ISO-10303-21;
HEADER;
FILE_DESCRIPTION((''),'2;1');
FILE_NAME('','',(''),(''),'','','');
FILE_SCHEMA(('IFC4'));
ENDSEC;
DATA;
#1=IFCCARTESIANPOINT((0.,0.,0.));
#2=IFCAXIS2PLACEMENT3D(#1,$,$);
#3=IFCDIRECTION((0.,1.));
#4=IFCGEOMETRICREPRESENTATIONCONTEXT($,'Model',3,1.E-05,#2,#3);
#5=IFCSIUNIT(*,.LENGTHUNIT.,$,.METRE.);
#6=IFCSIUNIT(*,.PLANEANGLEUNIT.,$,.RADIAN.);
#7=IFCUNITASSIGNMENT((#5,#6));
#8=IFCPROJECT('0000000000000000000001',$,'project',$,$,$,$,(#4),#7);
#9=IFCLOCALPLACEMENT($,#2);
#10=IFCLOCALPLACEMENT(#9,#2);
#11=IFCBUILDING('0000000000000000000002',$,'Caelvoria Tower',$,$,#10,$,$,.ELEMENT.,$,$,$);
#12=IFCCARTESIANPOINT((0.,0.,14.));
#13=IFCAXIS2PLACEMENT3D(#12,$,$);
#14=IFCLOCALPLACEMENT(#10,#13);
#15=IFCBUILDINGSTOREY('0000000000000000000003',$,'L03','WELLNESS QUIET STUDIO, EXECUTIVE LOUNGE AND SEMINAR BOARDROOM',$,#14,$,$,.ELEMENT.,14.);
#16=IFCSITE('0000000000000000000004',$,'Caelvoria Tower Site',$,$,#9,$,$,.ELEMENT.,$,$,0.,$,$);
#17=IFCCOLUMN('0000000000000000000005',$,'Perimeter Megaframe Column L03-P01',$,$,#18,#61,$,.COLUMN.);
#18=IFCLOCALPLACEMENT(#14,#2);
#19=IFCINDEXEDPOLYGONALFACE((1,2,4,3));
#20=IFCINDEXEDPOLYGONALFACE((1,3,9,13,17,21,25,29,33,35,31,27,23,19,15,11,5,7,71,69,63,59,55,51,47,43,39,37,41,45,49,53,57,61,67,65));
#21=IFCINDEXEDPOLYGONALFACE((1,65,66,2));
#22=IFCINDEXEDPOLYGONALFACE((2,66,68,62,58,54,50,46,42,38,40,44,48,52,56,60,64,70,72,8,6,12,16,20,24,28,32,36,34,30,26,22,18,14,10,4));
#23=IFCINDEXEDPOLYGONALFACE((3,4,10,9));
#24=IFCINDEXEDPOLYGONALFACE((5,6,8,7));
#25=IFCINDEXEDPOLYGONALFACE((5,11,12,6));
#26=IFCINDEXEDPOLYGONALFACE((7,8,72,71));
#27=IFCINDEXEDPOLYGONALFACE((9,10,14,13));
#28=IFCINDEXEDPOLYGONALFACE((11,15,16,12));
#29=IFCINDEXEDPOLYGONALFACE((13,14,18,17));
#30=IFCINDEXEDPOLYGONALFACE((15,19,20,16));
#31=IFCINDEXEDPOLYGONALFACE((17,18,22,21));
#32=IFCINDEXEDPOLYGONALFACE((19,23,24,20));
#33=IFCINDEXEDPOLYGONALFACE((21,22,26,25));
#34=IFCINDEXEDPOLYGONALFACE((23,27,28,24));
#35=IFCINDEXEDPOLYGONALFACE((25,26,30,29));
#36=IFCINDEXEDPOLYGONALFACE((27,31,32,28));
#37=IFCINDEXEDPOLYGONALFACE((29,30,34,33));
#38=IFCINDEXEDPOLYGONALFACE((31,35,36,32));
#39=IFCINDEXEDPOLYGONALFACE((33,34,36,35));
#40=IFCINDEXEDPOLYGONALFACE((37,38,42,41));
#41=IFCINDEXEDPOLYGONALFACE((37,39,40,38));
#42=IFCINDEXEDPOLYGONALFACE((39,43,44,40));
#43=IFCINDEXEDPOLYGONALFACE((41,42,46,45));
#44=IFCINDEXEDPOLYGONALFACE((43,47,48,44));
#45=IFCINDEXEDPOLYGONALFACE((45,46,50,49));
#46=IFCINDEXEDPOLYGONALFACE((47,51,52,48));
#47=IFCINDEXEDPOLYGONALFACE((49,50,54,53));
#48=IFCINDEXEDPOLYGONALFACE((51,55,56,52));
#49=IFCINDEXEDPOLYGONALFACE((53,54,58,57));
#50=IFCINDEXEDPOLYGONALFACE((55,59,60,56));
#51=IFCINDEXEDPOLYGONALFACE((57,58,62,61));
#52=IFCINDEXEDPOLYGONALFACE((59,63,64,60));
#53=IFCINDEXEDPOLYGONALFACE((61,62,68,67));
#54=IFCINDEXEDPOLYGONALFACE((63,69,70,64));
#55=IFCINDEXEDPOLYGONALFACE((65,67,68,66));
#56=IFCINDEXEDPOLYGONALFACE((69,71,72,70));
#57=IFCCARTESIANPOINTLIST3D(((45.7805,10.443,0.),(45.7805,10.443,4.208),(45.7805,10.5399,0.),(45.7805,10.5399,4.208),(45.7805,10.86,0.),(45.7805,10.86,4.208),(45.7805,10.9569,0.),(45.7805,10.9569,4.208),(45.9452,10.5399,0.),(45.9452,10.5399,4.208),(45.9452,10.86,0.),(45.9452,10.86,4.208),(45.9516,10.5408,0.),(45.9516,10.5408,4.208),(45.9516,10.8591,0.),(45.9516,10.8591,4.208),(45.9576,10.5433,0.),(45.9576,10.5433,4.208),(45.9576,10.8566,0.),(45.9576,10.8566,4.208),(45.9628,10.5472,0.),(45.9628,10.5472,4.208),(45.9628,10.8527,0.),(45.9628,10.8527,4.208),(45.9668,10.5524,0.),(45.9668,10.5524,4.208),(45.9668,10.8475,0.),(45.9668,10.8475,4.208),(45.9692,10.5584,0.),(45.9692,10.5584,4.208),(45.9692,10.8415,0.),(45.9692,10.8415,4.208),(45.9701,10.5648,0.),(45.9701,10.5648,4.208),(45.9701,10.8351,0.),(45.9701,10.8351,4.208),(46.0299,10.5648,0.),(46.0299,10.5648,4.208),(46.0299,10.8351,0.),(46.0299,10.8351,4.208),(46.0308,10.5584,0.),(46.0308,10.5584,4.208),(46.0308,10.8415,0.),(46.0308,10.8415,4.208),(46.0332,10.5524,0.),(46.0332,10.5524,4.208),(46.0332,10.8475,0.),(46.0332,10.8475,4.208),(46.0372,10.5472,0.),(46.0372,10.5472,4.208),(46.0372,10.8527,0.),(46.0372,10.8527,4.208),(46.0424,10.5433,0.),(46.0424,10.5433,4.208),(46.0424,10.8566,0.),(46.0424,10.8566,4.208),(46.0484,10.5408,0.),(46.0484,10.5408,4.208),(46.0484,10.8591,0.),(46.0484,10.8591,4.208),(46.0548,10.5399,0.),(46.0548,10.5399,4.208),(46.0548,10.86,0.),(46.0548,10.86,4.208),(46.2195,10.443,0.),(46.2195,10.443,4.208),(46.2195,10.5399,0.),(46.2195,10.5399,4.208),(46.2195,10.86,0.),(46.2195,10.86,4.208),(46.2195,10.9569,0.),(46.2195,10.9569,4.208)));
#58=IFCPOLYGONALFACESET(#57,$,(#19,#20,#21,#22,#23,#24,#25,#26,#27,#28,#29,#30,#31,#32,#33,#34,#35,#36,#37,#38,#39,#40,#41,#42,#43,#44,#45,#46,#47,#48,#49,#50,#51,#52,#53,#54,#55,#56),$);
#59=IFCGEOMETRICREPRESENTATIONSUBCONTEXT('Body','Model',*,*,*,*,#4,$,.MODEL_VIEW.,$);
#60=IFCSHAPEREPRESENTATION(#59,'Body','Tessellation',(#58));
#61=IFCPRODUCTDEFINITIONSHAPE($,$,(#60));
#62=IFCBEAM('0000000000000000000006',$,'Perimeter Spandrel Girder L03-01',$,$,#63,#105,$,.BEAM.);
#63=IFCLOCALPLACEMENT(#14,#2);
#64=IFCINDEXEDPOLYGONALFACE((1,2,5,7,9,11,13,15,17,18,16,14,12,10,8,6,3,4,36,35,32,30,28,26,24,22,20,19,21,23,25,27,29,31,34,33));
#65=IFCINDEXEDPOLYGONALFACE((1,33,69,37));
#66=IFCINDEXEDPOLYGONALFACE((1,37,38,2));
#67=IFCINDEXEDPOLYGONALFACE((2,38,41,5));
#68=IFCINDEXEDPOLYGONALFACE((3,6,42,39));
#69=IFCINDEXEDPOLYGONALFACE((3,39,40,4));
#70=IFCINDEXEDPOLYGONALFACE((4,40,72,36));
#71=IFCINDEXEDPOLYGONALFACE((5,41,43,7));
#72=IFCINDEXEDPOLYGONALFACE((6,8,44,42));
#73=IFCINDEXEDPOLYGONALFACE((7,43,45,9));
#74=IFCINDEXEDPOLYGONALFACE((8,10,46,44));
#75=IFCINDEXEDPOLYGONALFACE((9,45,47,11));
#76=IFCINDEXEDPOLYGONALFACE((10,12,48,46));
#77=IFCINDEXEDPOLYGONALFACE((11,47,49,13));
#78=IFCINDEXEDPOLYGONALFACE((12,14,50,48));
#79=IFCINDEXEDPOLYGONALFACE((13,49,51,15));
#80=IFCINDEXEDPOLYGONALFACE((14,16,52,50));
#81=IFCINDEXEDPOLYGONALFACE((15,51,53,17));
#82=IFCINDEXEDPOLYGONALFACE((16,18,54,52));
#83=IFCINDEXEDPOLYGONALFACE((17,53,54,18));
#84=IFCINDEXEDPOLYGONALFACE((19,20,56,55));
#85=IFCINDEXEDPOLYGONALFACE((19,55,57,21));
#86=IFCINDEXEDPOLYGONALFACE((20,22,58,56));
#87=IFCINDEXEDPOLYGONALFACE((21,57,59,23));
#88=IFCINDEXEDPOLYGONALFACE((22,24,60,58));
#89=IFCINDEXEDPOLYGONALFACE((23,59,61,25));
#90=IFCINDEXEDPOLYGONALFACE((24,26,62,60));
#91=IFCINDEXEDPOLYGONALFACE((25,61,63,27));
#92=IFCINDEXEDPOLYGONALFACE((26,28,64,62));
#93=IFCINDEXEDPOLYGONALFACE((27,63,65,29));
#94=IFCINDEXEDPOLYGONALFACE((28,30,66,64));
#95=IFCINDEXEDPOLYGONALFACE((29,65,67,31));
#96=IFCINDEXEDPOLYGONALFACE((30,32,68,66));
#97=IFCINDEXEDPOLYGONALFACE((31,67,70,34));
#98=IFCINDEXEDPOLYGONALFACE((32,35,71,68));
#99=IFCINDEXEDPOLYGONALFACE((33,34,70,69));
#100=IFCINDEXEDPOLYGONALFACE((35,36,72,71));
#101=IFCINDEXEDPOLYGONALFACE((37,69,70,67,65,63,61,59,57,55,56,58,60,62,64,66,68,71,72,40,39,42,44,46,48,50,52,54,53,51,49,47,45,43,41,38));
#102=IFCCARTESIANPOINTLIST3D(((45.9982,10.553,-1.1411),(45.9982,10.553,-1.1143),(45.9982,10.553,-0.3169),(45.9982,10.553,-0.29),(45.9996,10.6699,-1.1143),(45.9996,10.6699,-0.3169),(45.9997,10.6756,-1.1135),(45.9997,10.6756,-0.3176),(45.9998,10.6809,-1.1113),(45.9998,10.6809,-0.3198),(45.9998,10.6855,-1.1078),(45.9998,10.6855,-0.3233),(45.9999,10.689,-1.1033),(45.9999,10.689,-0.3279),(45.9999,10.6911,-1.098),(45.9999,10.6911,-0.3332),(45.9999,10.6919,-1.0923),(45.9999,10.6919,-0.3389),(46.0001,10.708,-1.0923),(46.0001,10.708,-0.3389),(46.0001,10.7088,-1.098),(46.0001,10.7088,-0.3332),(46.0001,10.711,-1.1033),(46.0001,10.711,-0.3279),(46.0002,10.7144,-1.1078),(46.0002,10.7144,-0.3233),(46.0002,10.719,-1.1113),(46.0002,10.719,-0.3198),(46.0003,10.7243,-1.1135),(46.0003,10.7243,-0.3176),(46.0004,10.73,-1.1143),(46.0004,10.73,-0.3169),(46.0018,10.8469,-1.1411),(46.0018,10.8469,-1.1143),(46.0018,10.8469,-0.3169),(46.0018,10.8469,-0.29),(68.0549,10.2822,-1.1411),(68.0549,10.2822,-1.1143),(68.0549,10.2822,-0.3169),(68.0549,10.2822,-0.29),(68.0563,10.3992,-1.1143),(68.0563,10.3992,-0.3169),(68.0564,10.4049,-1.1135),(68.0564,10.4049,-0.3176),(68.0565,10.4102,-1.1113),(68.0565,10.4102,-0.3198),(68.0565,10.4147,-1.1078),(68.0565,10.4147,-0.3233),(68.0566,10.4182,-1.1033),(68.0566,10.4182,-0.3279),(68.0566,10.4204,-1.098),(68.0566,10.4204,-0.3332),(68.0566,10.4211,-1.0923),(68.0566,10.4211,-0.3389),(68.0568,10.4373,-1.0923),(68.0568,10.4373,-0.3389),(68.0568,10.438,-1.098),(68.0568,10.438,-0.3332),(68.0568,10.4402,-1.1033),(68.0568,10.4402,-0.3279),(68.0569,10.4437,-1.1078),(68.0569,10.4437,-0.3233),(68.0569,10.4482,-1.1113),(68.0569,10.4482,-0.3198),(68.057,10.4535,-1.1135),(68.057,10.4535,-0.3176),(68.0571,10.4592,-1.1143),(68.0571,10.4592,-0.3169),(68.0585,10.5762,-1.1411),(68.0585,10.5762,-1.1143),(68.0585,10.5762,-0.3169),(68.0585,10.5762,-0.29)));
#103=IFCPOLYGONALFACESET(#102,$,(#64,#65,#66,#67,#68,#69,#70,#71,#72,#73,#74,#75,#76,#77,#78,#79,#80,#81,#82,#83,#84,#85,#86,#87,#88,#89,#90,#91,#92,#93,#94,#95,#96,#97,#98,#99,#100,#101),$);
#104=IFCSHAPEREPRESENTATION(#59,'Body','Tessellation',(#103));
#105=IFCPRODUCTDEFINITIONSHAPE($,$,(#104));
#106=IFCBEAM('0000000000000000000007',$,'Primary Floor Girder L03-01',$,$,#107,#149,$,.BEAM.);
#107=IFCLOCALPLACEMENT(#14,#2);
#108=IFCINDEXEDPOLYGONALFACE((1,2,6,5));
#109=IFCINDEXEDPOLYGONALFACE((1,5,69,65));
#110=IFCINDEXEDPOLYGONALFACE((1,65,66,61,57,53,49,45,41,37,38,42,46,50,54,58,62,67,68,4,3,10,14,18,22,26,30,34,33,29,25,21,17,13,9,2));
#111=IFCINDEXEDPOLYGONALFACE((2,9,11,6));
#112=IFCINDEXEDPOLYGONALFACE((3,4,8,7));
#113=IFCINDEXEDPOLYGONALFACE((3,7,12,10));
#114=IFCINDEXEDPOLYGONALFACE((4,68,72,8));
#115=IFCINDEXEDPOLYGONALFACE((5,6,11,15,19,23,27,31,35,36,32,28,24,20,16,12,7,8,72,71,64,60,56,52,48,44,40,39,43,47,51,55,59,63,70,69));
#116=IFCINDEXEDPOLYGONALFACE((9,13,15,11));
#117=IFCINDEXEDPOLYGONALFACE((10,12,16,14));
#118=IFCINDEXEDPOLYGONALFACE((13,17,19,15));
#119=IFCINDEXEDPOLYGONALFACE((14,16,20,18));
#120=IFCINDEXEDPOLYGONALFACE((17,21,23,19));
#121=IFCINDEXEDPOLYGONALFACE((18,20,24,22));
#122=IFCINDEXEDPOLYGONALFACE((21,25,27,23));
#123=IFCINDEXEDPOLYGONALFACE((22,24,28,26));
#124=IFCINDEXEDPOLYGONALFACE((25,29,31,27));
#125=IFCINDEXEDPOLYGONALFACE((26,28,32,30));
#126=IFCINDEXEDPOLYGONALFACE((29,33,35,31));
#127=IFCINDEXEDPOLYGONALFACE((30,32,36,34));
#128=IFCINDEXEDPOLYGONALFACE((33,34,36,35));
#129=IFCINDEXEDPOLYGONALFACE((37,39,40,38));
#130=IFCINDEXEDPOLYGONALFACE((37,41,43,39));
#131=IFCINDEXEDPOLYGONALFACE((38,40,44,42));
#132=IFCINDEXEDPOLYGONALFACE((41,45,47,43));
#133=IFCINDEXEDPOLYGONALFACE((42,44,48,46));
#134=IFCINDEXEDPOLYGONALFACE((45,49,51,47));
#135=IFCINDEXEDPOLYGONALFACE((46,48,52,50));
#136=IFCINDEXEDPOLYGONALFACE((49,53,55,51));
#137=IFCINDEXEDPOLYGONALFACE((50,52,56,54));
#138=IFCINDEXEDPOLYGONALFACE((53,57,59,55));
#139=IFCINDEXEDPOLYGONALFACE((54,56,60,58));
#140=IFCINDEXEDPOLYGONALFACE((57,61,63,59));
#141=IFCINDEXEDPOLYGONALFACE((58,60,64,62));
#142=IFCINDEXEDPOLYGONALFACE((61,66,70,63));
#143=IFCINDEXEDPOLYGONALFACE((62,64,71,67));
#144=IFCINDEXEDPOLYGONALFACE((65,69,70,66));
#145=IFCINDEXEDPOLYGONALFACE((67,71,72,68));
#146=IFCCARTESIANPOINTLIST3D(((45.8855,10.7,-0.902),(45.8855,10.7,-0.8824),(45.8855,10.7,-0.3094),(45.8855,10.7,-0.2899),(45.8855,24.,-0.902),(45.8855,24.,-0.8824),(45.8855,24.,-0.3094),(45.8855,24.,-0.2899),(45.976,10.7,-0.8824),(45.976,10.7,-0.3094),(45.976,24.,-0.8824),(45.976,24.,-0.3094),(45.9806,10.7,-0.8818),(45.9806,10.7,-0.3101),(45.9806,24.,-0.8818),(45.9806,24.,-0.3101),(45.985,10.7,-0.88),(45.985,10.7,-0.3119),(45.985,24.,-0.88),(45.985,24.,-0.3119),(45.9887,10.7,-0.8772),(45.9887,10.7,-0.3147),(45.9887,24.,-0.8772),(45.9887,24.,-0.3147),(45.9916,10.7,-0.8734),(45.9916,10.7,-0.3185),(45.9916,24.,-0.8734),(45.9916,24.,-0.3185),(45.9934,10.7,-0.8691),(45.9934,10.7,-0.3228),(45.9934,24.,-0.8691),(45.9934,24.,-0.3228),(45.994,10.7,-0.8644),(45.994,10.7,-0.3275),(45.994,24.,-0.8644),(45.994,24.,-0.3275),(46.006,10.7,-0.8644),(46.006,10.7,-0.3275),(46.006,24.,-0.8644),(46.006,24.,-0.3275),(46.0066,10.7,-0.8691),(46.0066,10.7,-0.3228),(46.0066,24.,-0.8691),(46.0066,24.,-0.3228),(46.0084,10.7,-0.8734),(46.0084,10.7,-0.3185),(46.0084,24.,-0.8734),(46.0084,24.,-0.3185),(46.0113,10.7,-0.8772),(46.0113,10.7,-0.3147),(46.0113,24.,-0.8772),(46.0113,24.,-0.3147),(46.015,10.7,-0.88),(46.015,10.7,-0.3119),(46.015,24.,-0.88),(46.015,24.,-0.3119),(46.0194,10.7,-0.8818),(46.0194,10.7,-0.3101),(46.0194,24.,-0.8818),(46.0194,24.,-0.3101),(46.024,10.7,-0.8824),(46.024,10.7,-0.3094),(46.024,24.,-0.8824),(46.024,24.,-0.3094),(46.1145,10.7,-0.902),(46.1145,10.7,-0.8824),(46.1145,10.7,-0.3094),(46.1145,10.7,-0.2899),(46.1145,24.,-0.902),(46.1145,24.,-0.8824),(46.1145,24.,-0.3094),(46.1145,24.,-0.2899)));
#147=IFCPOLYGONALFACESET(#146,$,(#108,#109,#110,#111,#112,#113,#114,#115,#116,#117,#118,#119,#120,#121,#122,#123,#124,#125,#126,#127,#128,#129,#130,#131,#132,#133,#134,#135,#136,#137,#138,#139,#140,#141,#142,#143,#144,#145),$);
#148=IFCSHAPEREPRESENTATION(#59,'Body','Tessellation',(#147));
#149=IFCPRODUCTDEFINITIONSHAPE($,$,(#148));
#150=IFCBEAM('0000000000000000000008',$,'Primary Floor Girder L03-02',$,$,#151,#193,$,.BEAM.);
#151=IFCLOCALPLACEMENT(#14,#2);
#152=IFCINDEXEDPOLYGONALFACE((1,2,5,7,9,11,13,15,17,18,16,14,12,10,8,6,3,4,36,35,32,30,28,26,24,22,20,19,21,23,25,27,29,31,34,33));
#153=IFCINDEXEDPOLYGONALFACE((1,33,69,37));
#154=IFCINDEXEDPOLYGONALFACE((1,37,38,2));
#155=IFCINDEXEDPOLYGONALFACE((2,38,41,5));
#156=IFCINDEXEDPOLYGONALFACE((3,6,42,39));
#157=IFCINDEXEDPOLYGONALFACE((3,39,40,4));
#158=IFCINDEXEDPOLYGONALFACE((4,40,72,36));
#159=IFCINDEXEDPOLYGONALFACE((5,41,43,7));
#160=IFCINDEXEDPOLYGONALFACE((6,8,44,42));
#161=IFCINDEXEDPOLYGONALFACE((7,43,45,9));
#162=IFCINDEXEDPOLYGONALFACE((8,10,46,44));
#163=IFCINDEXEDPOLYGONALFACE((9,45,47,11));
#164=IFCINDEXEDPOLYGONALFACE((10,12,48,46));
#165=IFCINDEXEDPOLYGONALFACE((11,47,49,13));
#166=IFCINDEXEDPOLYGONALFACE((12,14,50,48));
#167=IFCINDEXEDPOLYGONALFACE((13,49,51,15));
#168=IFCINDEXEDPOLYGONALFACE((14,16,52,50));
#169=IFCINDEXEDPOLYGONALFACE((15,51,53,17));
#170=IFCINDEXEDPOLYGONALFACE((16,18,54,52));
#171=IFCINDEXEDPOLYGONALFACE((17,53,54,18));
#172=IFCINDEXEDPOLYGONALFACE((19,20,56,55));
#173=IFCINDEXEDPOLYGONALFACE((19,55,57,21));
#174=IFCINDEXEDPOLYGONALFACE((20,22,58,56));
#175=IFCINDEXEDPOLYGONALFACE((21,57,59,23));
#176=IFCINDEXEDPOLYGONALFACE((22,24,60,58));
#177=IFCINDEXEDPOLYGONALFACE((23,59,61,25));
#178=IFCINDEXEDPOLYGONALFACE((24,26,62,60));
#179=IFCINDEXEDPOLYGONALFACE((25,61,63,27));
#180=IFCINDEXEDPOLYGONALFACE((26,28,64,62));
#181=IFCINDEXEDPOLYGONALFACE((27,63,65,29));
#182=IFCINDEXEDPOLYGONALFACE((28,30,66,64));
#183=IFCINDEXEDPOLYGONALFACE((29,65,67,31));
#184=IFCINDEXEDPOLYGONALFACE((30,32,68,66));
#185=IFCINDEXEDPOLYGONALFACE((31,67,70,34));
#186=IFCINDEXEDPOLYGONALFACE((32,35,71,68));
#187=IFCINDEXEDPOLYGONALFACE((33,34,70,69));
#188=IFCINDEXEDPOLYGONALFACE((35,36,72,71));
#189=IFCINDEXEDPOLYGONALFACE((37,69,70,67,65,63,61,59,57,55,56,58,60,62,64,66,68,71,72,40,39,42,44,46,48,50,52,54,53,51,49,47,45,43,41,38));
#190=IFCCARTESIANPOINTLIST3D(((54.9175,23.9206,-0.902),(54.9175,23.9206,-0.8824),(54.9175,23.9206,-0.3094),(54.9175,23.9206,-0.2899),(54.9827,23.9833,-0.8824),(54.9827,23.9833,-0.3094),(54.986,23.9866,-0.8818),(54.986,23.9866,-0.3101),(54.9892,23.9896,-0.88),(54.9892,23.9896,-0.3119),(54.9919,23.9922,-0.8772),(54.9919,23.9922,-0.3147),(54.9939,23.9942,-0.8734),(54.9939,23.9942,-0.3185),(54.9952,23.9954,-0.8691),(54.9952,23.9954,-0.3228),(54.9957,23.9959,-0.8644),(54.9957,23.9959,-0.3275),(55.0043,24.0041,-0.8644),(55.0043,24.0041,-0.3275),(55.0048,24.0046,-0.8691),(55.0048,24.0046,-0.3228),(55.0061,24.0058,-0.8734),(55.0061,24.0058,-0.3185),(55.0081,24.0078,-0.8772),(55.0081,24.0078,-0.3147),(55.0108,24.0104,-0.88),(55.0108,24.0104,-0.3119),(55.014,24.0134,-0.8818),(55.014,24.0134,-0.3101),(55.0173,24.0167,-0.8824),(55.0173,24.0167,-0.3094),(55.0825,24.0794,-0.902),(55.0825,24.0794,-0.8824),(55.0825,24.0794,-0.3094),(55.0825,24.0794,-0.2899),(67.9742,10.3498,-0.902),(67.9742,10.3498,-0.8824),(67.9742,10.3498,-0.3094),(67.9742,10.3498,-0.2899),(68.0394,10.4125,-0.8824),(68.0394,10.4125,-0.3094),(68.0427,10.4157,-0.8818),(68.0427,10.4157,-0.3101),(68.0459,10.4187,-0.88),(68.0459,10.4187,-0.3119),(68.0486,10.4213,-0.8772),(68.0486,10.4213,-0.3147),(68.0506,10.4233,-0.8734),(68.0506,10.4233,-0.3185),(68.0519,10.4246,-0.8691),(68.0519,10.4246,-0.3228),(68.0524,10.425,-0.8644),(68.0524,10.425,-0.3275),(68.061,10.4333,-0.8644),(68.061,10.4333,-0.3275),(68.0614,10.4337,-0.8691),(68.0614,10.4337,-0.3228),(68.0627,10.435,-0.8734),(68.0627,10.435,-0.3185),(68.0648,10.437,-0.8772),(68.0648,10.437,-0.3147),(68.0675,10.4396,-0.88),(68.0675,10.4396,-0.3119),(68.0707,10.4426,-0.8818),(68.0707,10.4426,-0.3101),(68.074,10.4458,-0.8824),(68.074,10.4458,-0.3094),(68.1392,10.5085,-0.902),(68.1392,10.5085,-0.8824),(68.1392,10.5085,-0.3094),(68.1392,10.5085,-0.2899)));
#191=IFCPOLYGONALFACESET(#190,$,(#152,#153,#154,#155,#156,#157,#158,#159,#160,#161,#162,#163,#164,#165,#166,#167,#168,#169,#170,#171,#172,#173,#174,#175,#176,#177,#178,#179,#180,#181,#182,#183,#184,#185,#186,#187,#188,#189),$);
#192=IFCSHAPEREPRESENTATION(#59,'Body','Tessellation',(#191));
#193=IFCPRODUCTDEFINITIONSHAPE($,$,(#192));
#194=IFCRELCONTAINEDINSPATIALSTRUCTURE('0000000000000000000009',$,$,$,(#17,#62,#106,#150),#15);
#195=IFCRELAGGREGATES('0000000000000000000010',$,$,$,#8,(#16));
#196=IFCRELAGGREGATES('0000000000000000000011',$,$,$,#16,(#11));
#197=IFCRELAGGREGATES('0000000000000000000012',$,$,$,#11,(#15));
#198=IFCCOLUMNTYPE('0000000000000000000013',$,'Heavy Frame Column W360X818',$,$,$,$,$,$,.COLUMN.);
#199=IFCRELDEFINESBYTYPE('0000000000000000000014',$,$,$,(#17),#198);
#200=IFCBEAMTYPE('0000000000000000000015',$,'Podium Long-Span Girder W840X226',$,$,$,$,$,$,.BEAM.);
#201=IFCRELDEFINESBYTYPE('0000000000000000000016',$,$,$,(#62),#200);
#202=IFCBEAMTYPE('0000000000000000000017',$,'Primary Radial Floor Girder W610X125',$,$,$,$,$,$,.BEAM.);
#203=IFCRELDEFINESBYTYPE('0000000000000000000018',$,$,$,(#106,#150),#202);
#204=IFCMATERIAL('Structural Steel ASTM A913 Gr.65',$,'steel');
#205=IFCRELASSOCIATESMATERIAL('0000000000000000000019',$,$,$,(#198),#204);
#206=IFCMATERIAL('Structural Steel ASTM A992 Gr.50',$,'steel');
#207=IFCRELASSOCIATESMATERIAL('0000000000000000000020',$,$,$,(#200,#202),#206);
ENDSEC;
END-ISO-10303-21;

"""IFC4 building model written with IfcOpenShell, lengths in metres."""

from ifc_helpers import new_model, si_unit, direction, frame, origin, origin_2d, place, context, subcontext, project, spatial, i_section, extrude, material, material_profile, profile_set, type_object, element, save


model = new_model("IFC4")

# Units and contexts
model_context = context("Model", 3, precision=1e-05, world=origin(), true_north=direction((0.0, 1.0)))
body_context = subcontext(model_context, "Body", "Model", "MODEL_VIEW")
ifc_project = project(units=[si_unit("LENGTHUNIT", "METRE"), si_unit("PLANEANGLEUNIT", "RADIAN")], contexts=[model_context])

# Site, building, storey
site_placement = place(None, origin())
site = spatial("IfcSite", under=ifc_project, at=site_placement, Name="Caelvoria Tower Site", CompositionType="ELEMENT", RefElevation=0.0)
building_placement = place(site_placement, origin())
building = spatial("IfcBuilding", under=site, at=building_placement, Name="Caelvoria Tower", CompositionType="ELEMENT")
storey_placement = place(building_placement, frame((0.0, 0.0, 14.0)))
storey = spatial("IfcBuildingStorey", under=building, at=storey_placement, Name="L03", Description="WELLNESS QUIET STUDIO, EXECUTIVE LOUNGE AND SEMINAR BOARDROOM", CompositionType="ELEMENT", Elevation=14.0)

# Column
ifc_material_1 = material(Name="Structural Steel ASTM A913 Gr.65", Category="steel")
ifc_material_profile_1 = material_profile(ifc_material_1, i_section(OverallWidth=0.439, OverallDepth=0.5139, WebThickness=0.0598, FlangeThickness=0.0969, FilletRadius=0.0249, at=origin_2d()), Name="Structural Steel ASTM A913 Gr.65")
ifc_profile_set_1 = profile_set([ifc_material_profile_1], Name="W360X818 - Structural Steel ASTM A913 Gr.65")
column_type = type_object("IfcColumnType", Name="Heavy Frame Column W360X818", PredefinedType="COLUMN", material=ifc_profile_set_1)
column_placement = place(storey_placement, frame((46.0, 10.7, 0.0), z_axis=(0.0, 0.0, 1.0), x_axis=(1.0, 0.0, 0.0)))
element("IfcColumn", 1, at=column_placement, inside=storey, type_object=column_type, Name="Perimeter Megaframe Column L03-P01", PredefinedType="COLUMN", context=body_context, shape_type="SweptSolid", body=[
    extrude(i_section(OverallWidth=0.439, OverallDepth=0.5139, WebThickness=0.0598, FlangeThickness=0.0969, FilletRadius=0.0249, at=origin_2d()), origin(), (0.0, 0.0, 1.0), 4.208),
])

# Beams
ifc_material_2 = material(Name="Structural Steel ASTM A992 Gr.50", Category="steel")
ifc_material_profile_2 = material_profile(ifc_material_2, i_section(OverallWidth=0.2939, OverallDepth=0.8511, WebThickness=0.0161, FlangeThickness=0.0269, FilletRadius=0.022, at=origin_2d()), Name="Structural Steel ASTM A992 Gr.50")
ifc_profile_set_2 = profile_set([ifc_material_profile_2], Name="W840X226 - Structural Steel ASTM A992 Gr.50")
beam_type_1 = type_object("IfcBeamType", Name="Podium Long-Span Girder W840X226", PredefinedType="BEAM", material=ifc_profile_set_2)
beam_1_placement = place(storey_placement, frame((46.0, 10.7, -0.7156), z_axis=(0.999925, -0.012274, 0.0), x_axis=(0.012274, 0.999925, 0.0)))
element("IfcBeam", 2, at=beam_1_placement, inside=storey, type_object=beam_type_1, Name="Perimeter Spandrel Girder L03-01", PredefinedType="BEAM", context=body_context, shape_type="SweptSolid", body=[
    extrude(i_section(OverallWidth=0.2939, OverallDepth=0.8511, WebThickness=0.0161, FlangeThickness=0.0269, FilletRadius=0.022, at=origin_2d()), origin(), (0.0, 0.0, 1.0), 22.0583),
])
ifc_material_profile_3 = material_profile(ifc_material_2, i_section(OverallWidth=0.229, OverallDepth=0.6121, WebThickness=0.012, FlangeThickness=0.0195, FilletRadius=0.0181, at=origin_2d()), Name="Structural Steel ASTM A992 Gr.50")
ifc_profile_set_3 = profile_set([ifc_material_profile_3], Name="W610X125 - Structural Steel ASTM A992 Gr.50")
beam_type_2 = type_object("IfcBeamType", Name="Primary Radial Floor Girder W610X125", PredefinedType="BEAM", material=ifc_profile_set_3)
beam_2_placement = place(storey_placement, frame((46.0, 24.0, -0.5959), z_axis=(0.0, -1.0, 0.0), x_axis=(1.0, 0.0, 0.0)))
element("IfcBeam", 3, at=beam_2_placement, inside=storey, type_object=beam_type_2, Name="Primary Floor Girder L03-01", PredefinedType="BEAM", context=body_context, shape_type="SweptSolid", body=[
    extrude(i_section(OverallWidth=0.229, OverallDepth=0.6121, WebThickness=0.012, FlangeThickness=0.0195, FilletRadius=0.0181, at=origin_2d()), origin(), (0.0, 0.0, 1.0), 13.3),
])
beam_3_placement = place(storey_placement, frame((55.0, 24.0, -0.5959), z_axis=(0.693324, -0.720626, 0.0), x_axis=(0.720626, 0.693324, 0.0)))
element("IfcBeam", 4, at=beam_3_placement, inside=storey, type_object=beam_type_2, Name="Primary Floor Girder L03-02", PredefinedType="BEAM", context=body_context, shape_type="SweptSolid", body=[
    extrude(i_section(OverallWidth=0.229, OverallDepth=0.6121, WebThickness=0.012, FlangeThickness=0.0195, FilletRadius=0.0181, at=origin_2d()), origin(), (0.0, 0.0, 1.0), 18.832),
])

save(model, "model.ifc")
